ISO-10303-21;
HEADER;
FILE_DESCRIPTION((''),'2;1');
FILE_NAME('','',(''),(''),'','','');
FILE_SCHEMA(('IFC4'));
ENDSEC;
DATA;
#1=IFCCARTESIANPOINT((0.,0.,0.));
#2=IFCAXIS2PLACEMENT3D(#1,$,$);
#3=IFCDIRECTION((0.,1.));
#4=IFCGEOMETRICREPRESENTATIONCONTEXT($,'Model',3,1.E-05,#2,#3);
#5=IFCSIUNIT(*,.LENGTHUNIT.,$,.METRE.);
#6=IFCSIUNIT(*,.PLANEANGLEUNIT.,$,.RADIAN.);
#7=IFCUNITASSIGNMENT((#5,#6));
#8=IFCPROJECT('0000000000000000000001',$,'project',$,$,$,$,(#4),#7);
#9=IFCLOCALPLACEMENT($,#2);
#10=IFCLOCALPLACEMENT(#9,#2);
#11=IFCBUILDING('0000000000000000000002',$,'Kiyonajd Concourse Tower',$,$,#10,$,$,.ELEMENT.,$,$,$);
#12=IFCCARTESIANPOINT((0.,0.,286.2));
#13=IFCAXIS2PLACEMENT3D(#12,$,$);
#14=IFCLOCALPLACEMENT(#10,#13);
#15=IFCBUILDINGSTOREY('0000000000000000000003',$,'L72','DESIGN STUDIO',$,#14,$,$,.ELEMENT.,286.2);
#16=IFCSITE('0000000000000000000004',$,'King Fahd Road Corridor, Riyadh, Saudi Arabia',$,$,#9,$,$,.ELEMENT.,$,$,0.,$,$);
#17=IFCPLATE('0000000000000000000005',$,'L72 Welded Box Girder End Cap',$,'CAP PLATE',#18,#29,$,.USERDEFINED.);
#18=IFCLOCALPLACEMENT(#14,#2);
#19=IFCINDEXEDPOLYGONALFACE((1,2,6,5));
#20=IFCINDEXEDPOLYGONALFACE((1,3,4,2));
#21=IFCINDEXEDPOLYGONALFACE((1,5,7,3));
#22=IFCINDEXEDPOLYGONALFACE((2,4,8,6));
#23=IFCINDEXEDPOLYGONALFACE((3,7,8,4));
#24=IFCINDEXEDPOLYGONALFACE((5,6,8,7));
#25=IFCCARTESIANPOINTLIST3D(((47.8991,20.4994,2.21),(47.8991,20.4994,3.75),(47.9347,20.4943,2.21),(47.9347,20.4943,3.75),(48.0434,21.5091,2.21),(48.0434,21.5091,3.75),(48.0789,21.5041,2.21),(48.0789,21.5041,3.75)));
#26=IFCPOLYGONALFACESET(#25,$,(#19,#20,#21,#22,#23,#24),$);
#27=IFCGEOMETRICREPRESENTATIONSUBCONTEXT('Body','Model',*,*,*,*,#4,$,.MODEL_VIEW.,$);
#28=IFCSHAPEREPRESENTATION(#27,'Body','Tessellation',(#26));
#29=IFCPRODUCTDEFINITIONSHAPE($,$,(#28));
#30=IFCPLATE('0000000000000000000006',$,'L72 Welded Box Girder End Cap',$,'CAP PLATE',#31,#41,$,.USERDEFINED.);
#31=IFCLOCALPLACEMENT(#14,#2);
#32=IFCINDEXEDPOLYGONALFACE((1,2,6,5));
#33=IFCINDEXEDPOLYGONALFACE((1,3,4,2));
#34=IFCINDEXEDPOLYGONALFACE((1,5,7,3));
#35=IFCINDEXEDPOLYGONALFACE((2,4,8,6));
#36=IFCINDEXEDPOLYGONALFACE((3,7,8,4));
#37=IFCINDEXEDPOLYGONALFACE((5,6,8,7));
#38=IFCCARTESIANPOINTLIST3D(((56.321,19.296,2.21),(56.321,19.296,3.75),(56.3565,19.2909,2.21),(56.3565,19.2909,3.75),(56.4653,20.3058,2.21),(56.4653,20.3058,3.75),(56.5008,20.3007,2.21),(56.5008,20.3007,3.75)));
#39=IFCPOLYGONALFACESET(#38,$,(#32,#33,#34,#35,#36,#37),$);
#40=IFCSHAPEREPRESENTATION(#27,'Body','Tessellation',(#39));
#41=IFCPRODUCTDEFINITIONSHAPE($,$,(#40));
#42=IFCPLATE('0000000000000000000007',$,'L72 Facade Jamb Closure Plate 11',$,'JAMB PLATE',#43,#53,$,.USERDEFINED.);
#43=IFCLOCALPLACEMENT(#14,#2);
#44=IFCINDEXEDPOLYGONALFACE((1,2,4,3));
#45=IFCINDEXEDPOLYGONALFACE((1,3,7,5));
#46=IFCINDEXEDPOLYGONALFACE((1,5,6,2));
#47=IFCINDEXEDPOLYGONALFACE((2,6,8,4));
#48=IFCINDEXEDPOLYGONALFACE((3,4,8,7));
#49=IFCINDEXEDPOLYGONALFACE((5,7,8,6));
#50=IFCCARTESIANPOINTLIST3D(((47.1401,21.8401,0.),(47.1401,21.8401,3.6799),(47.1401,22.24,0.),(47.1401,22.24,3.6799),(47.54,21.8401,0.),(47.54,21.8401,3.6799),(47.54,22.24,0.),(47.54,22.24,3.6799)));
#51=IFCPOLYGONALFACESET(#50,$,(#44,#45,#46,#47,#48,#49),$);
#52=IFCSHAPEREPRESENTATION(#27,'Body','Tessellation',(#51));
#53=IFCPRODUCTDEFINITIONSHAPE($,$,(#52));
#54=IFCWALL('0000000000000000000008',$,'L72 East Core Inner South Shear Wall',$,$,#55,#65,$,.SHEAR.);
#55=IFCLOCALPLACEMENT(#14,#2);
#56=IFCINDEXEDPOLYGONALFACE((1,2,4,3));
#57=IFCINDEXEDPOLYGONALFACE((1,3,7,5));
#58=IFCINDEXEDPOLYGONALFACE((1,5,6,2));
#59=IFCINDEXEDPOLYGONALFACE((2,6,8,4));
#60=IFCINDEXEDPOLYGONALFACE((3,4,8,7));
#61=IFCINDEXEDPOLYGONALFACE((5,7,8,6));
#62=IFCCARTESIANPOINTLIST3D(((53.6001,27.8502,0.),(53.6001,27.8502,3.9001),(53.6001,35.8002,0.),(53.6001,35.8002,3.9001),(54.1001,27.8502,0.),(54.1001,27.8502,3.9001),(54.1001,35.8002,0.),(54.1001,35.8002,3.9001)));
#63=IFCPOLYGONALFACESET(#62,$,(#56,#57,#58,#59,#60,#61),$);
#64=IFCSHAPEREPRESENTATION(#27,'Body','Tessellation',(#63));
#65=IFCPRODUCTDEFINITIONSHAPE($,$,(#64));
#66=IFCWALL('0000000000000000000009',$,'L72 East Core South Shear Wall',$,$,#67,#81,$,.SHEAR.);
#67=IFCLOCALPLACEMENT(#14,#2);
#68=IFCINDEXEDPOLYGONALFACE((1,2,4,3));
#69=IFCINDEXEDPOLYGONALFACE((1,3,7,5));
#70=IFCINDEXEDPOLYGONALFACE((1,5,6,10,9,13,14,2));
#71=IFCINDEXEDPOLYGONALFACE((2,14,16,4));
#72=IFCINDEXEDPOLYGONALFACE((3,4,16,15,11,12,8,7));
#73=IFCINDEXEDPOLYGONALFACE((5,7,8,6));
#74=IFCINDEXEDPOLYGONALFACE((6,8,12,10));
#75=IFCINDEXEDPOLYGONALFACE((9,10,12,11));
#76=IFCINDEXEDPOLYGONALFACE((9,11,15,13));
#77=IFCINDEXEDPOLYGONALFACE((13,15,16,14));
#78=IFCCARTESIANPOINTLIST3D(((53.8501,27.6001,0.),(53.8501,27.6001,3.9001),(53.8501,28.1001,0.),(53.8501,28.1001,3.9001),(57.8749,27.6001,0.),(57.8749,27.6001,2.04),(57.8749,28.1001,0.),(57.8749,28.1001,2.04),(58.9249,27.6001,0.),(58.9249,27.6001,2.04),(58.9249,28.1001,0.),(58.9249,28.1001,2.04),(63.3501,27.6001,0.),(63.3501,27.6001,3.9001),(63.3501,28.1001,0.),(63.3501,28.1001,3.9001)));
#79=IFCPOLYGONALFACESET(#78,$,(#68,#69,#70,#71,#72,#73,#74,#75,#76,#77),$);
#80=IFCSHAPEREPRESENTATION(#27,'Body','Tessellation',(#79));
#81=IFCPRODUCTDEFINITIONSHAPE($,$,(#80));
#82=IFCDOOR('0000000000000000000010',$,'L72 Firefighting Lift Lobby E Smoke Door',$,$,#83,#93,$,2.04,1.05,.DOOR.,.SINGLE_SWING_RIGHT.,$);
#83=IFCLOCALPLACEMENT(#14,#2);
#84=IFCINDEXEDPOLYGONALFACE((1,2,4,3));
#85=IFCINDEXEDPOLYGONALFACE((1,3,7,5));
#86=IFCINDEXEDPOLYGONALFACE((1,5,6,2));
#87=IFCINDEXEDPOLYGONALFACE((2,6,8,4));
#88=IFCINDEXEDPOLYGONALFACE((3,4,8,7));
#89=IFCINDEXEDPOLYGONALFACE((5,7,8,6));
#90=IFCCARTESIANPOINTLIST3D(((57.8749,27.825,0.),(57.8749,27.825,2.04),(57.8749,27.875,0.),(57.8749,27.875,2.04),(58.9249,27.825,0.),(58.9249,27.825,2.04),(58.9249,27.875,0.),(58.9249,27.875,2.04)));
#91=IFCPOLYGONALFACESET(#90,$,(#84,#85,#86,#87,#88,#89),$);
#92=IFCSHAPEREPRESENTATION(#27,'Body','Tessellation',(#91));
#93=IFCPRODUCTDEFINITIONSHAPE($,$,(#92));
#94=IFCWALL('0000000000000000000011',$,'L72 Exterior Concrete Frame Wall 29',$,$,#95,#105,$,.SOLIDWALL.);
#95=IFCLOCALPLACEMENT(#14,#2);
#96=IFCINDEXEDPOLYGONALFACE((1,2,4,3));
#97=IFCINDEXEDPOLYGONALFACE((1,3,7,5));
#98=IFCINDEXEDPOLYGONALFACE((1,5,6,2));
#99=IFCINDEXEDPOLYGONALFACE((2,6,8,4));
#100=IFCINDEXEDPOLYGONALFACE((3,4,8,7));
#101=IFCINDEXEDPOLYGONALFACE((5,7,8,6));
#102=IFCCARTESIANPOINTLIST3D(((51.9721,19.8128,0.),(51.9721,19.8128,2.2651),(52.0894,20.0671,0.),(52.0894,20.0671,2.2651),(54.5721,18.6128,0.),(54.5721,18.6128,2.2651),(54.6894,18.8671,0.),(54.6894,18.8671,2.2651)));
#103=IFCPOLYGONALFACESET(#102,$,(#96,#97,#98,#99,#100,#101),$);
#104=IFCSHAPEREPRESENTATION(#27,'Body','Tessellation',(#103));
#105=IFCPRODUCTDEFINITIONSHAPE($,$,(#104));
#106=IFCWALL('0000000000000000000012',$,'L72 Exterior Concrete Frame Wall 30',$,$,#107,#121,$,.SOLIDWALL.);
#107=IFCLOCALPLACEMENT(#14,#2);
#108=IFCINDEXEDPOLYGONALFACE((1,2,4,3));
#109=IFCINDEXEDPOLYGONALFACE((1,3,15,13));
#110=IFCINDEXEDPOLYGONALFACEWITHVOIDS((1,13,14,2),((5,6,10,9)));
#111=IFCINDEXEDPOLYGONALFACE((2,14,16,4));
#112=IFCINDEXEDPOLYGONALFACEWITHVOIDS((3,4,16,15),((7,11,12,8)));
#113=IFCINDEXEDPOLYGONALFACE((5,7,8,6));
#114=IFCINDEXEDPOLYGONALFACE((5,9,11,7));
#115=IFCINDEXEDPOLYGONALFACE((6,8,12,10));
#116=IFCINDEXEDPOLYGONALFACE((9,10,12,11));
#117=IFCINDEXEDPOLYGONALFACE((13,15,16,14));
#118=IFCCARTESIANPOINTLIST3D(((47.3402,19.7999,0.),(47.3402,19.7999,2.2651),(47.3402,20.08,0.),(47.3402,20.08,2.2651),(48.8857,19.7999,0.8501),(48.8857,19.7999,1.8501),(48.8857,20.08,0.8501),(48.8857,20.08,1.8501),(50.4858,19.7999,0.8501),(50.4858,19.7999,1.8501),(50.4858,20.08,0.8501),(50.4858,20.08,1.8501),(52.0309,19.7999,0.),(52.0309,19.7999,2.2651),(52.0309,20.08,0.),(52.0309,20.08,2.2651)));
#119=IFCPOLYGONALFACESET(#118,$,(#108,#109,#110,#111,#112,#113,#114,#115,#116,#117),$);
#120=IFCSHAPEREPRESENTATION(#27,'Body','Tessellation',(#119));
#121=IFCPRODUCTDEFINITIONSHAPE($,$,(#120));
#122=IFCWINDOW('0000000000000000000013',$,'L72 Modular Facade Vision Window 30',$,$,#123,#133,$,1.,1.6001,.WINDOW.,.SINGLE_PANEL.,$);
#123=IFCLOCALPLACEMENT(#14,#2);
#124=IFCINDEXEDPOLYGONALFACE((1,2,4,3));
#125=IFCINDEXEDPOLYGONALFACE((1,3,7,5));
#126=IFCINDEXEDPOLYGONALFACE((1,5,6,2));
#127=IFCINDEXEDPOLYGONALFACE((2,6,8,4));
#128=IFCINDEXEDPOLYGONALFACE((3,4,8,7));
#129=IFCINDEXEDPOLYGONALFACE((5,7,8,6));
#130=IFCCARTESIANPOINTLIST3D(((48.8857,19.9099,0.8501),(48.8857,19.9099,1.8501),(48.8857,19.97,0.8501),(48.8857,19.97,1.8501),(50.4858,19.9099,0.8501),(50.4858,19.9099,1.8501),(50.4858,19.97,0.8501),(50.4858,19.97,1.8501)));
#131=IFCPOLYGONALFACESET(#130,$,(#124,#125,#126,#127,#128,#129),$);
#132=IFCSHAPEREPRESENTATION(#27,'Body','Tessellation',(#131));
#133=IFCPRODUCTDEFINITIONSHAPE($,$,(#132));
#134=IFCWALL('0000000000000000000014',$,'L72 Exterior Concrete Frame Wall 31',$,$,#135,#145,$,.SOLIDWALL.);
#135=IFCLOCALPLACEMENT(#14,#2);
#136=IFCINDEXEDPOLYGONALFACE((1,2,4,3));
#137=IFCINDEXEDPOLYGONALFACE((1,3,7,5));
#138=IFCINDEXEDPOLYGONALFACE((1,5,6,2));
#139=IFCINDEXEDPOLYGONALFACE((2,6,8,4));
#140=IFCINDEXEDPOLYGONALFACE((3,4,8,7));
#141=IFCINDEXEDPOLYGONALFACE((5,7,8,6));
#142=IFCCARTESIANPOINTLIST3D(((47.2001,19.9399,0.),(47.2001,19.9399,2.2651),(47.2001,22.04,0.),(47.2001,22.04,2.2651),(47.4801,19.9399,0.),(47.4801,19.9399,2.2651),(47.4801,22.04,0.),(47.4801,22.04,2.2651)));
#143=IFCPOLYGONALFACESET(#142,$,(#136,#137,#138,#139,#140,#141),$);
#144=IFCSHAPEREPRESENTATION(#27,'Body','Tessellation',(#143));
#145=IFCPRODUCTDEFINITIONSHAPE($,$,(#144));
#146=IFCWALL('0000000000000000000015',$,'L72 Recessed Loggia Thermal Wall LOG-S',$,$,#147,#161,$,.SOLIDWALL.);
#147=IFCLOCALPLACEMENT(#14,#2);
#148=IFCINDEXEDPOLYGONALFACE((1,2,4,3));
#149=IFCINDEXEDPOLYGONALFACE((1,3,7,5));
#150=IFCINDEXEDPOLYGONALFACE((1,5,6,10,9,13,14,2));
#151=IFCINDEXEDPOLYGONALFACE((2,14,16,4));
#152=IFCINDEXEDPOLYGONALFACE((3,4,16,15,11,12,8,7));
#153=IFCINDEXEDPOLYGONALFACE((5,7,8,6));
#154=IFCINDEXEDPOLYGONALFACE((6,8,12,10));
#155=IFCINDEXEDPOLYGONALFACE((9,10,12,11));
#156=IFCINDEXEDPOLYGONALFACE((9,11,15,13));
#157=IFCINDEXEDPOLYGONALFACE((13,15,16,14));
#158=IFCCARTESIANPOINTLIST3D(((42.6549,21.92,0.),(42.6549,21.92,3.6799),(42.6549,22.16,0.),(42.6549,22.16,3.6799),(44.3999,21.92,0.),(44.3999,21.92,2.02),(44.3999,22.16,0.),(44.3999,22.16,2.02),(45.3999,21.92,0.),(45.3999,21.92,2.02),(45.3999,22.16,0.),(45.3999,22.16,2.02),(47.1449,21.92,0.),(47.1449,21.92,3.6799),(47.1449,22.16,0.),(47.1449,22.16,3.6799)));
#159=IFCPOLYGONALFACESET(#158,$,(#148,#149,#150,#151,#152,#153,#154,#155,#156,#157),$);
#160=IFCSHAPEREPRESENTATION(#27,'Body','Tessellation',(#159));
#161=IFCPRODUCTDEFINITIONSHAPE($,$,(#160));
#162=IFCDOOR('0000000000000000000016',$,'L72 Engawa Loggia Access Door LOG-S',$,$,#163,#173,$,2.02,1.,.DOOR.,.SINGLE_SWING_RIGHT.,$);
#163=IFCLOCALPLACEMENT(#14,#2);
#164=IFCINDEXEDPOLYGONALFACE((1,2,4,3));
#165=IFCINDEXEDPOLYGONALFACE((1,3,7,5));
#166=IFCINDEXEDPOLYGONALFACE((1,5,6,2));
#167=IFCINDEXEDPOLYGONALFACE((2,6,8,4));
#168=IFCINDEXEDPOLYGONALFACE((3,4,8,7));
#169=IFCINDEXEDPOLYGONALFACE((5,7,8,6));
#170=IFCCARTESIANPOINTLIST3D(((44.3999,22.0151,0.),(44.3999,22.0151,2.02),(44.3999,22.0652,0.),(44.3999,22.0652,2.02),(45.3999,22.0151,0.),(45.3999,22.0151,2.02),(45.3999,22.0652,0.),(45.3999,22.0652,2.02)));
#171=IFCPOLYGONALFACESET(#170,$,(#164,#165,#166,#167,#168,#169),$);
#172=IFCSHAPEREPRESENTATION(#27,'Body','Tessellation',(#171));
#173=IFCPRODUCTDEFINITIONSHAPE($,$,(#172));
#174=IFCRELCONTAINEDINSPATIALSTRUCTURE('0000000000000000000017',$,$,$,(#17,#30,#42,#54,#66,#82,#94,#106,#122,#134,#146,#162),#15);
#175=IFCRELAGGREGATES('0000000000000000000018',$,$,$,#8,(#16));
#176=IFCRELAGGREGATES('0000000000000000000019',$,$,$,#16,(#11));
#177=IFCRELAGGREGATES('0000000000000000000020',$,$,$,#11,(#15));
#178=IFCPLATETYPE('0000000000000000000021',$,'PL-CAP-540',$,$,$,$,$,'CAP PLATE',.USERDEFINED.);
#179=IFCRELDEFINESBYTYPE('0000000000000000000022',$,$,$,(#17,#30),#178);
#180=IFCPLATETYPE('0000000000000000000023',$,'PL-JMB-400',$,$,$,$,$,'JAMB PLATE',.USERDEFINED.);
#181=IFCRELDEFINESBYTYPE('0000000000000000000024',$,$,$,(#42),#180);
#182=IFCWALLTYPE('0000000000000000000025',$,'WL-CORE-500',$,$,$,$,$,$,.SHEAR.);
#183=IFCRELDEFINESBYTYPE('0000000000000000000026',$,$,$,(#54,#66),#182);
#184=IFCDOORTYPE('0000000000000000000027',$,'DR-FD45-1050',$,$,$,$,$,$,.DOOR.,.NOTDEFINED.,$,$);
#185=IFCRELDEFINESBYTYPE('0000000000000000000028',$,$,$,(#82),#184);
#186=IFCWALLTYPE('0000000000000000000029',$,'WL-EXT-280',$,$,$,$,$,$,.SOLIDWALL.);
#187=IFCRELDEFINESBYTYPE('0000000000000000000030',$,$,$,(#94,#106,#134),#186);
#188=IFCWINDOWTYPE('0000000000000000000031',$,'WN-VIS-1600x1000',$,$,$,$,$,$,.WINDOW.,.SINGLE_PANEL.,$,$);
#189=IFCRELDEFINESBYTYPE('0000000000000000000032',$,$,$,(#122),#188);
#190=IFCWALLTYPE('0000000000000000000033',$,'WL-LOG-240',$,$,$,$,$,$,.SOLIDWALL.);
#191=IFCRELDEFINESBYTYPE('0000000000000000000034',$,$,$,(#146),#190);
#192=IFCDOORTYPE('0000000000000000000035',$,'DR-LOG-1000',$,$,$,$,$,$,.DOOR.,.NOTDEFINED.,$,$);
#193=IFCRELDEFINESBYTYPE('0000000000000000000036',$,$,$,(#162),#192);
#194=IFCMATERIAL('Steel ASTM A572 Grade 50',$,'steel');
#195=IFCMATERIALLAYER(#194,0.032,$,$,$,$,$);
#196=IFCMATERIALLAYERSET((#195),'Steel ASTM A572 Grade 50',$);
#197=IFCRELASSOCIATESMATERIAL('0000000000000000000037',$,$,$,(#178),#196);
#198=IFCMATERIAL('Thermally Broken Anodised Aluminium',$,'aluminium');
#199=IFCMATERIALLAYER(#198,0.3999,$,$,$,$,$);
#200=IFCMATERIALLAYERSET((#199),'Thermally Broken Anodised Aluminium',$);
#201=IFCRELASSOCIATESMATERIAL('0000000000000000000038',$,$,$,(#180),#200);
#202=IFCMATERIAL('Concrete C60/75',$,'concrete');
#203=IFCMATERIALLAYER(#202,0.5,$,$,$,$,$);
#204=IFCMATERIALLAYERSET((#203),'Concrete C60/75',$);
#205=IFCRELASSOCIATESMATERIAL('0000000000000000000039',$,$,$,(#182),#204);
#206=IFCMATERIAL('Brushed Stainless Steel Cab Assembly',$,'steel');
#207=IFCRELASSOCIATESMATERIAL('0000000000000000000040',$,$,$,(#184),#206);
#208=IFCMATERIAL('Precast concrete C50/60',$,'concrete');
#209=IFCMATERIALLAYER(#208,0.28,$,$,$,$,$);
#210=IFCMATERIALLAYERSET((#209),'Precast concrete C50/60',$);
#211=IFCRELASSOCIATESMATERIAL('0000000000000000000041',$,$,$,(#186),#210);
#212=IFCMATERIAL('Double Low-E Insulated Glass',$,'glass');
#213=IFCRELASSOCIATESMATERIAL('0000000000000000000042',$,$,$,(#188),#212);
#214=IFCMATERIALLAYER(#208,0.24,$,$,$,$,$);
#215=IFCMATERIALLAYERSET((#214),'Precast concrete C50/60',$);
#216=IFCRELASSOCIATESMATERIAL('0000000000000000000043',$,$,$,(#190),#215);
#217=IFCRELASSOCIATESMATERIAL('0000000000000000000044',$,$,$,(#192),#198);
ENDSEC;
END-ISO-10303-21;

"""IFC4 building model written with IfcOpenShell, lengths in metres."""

from ifc_helpers import new_model, si_unit, direction, frame, frame_2d, origin, origin_2d, place, context, subcontext, project, spatial, rectangle, extrude, material, layer, layer_set, type_object, element, fill, save


model = new_model("IFC4")

# Units and contexts
model_context = context("Model", 3, precision=1e-05, world=origin(), true_north=direction((0.0, 1.0)))
body_context = subcontext(model_context, "Body", "Model", "MODEL_VIEW")
ifc_project = project(units=[si_unit("LENGTHUNIT", "METRE"), si_unit("PLANEANGLEUNIT", "RADIAN")], contexts=[model_context])

# Site, building, storey
site_placement = place(None, origin())
site = spatial("IfcSite", under=ifc_project, at=site_placement, Name="King Fahd Road Corridor, Riyadh, Saudi Arabia", CompositionType="ELEMENT", RefElevation=0.0)
building_placement = place(site_placement, origin())
building = spatial("IfcBuilding", under=site, at=building_placement, Name="Kiyonajd Concourse Tower", CompositionType="ELEMENT")
storey_placement = place(building_placement, frame((0.0, 0.0, 286.2)))
storey = spatial("IfcBuildingStorey", under=building, at=storey_placement, Name="L72", Description="DESIGN STUDIO", CompositionType="ELEMENT", Elevation=286.2)

# Shared definitions
ifc_material_1 = material(Name="Concrete C60/75", Category="concrete")

# Shared definitions
ifc_material_2 = material(Name="Steel ASTM A572 Grade 50", Category="steel")

# Plates
ifc_layer_1 = layer(ifc_material_2, 0.032)
ifc_layer_set_1 = layer_set([ifc_layer_1], Name="Steel ASTM A572 Grade 50")
plate_type_1 = type_object("IfcPlateType", Name="PL-CAP-540", ElementType="CAP PLATE", PredefinedType="USERDEFINED", material=ifc_layer_set_1)
for number, where, z_axis, x_axis, name in (
    (1, (47.989, 21.0017, 2.21), (0.0, 0.0, 1.0), (-0.98995, 0.14142, 0.0), "L72 Welded Box Girder End Cap"),
    (2, (56.4109, 19.7983, 2.21), (0.0, 0.0, 1.0), (0.98995, -0.14142, 0.0), "L72 Welded Box Girder End Cap"),
):
    element("IfcPlate", number, at=place(storey_placement, frame(where, z_axis=z_axis, x_axis=x_axis)), inside=storey, type_object=plate_type_1, Name=name, ObjectType="CAP PLATE", PredefinedType="USERDEFINED", context=body_context, shape_type="SweptSolid", body=[
        extrude(rectangle(XDim=0.0359, YDim=1.02, at=origin_2d()), origin(), (0.0, 0.0, 1.0), 1.54),
    ])
ifc_material_3 = material(Name="Thermally Broken Anodised Aluminium", Category="aluminium")
ifc_layer_2 = layer(ifc_material_3, 0.3999)
ifc_layer_set_2 = layer_set([ifc_layer_2], Name="Thermally Broken Anodised Aluminium")
plate_type_2 = type_object("IfcPlateType", Name="PL-JMB-400", ElementType="JAMB PLATE", PredefinedType="USERDEFINED", material=ifc_layer_set_2)
plate_placement = place(storey_placement, frame((47.3401, 22.04, 0.0), z_axis=(0.0, 0.0, 1.0), x_axis=(1.0, 0.0, 0.0)))
element("IfcPlate", 3, at=plate_placement, inside=storey, type_object=plate_type_2, Name="L72 Facade Jamb Closure Plate 11", ObjectType="JAMB PLATE", PredefinedType="USERDEFINED", context=body_context, shape_type="SweptSolid", body=[
    extrude(rectangle(XDim=0.3999, YDim=0.3999, at=origin_2d()), origin(), (0.0, 0.0, 1.0), 3.6799),
])

# Wall
ifc_layer_3 = layer(ifc_material_1, 0.5)
ifc_layer_set_3 = layer_set([ifc_layer_3], Name="Concrete C60/75")
wall_type_1 = type_object("IfcWallType", Name="WL-CORE-500", PredefinedType="SHEAR", material=ifc_layer_set_3)
wall_1_placement = place(storey_placement, frame((53.8501, 27.8501, 0.0), z_axis=(0.0, 0.0, 1.0), x_axis=(0.0, 1.0, 0.0)))
element("IfcWall", 4, at=wall_1_placement, inside=storey, type_object=wall_type_1, Name="L72 East Core Inner South Shear Wall", PredefinedType="SHEAR", context=body_context, shape_type="SweptSolid", body=[
    extrude(rectangle(XDim=7.95, YDim=0.5, at=frame_2d((3.9751, 0.0))), origin(), (0.0, 0.0, 1.0), 3.9001),
])

# Wall, opening, door
wall_2_placement = place(storey_placement, frame((53.8501, 27.8501, 0.0), z_axis=(0.0, 0.0, 1.0), x_axis=(1.0, 0.0, 0.0)))
wall_2 = element("IfcWall", 5, at=wall_2_placement, inside=storey, type_object=wall_type_1, Name="L72 East Core South Shear Wall", PredefinedType="SHEAR", context=body_context, shape_type="SweptSolid", body=[
    extrude(rectangle(XDim=9.5, YDim=0.5, at=frame_2d((4.75, 0.0))), origin(), (0.0, 0.0, 1.0), 3.9001),
])
opening_1_placement = place(wall_2_placement, frame((4.0249, 0.0, 0.0)))
opening_1 = element("IfcOpeningElement", 6, at=opening_1_placement, cuts=wall_2, PredefinedType="OPENING", context=body_context, shape_type="SweptSolid", body=[
    extrude(rectangle(XDim=1.05, YDim=2.04, at=frame_2d((0.5249, 1.02))), frame((0.0, 0.26, 0.0), z_axis=(0.0, -1.0, 0.0), x_axis=(1.0, 0.0, 0.0)), (0.0, 0.0, 1.0), 0.52),
])
ifc_material_4 = material(Name="Brushed Stainless Steel Cab Assembly", Category="steel")
door_type_1 = type_object("IfcDoorType", Name="DR-FD45-1050", OperationType="NOTDEFINED", PredefinedType="DOOR", material=ifc_material_4)
door_1_placement = place(opening_1_placement, origin())
door_1 = element("IfcDoor", 7, at=door_1_placement, inside=storey, type_object=door_type_1, Name="L72 Firefighting Lift Lobby E Smoke Door", OperationType="SINGLE_SWING_RIGHT", OverallHeight=2.04, OverallWidth=1.05, PredefinedType="DOOR", context=body_context, shape_type="SweptSolid", body=[
    extrude(rectangle(XDim=1.05, YDim=2.04, at=frame_2d((0.5249, 1.02))), frame((0.0, 0.0249, 0.0), z_axis=(0.0, -1.0, 0.0), x_axis=(1.0, 0.0, 0.0)), (0.0, 0.0, 1.0), 0.05),
])
fill(opening_1, door_1)

# Wall
ifc_material_5 = material(Name="Precast concrete C50/60", Category="concrete")
ifc_layer_4 = layer(ifc_material_5, 0.28)
ifc_layer_set_4 = layer_set([ifc_layer_4], Name="Precast concrete C50/60")
wall_type_2 = type_object("IfcWallType", Name="WL-EXT-280", PredefinedType="SOLIDWALL", material=ifc_layer_set_4)
wall_3_placement = place(storey_placement, frame((54.6306, 18.74, 0.0), z_axis=(0.0, 0.0, 1.0), x_axis=(-0.907957, 0.419064, 0.0)))
element("IfcWall", 8, at=wall_3_placement, inside=storey, type_object=wall_type_2, Name="L72 Exterior Concrete Frame Wall 29", PredefinedType="SOLIDWALL", context=body_context, shape_type="SweptSolid", body=[
    extrude(rectangle(XDim=2.8635, YDim=0.28, at=frame_2d((1.4316, 0.0))), origin(), (0.0, 0.0, 1.0), 2.2651),
])

# Wall, opening, window
wall_4_placement = place(storey_placement, frame((52.0308, 19.9399, 0.0), z_axis=(0.0, 0.0, 1.0), x_axis=(-1.0, 0.0, 0.0)))
wall_4 = element("IfcWall", 9, at=wall_4_placement, inside=storey, type_object=wall_type_2, Name="L72 Exterior Concrete Frame Wall 30", PredefinedType="SOLIDWALL", context=body_context, shape_type="SweptSolid", body=[
    extrude(rectangle(XDim=4.6907, YDim=0.28, at=frame_2d((2.3452, 0.0))), origin(), (0.0, 0.0, 1.0), 2.2651),
])
opening_2_placement = place(wall_4_placement, frame((1.5449, 0.0, 0.8501)))
opening_2 = element("IfcOpeningElement", 10, at=opening_2_placement, cuts=wall_4, PredefinedType="OPENING", context=body_context, shape_type="SweptSolid", body=[
    extrude(rectangle(XDim=1.6001, YDim=1.0, at=frame_2d((0.8, 0.5))), frame((0.0, 0.1499, 0.0), z_axis=(0.0, -1.0, 0.0), x_axis=(1.0, 0.0, 0.0)), (0.0, 0.0, 1.0), 0.3),
])
ifc_material_6 = material(Name="Double Low-E Insulated Glass", Category="glass")
window_type = type_object("IfcWindowType", Name="WN-VIS-1600x1000", PartitioningType="SINGLE_PANEL", PredefinedType="WINDOW", material=ifc_material_6)
window_placement = place(opening_2_placement, origin())
window = element("IfcWindow", 11, at=window_placement, inside=storey, type_object=window_type, Name="L72 Modular Facade Vision Window 30", OverallHeight=1.0, OverallWidth=1.6001, PartitioningType="SINGLE_PANEL", PredefinedType="WINDOW", context=body_context, shape_type="SweptSolid", body=[
    extrude(rectangle(XDim=1.6001, YDim=1.0, at=frame_2d((0.8, 0.5))), frame((0.0, 0.03, 0.0), z_axis=(0.0, -1.0, 0.0), x_axis=(1.0, 0.0, 0.0)), (0.0, 0.0, 1.0), 0.0601),
])
fill(opening_2, window)

# Wall
wall_5_placement = place(storey_placement, frame((47.3401, 19.9399, 0.0), z_axis=(0.0, 0.0, 1.0), x_axis=(0.0, 1.0, 0.0)))
element("IfcWall", 12, at=wall_5_placement, inside=storey, type_object=wall_type_2, Name="L72 Exterior Concrete Frame Wall 31", PredefinedType="SOLIDWALL", context=body_context, shape_type="SweptSolid", body=[
    extrude(rectangle(XDim=2.1001, YDim=0.28, at=frame_2d((1.05, 0.0))), origin(), (0.0, 0.0, 1.0), 2.2651),
])

# Wall, opening, door
ifc_layer_5 = layer(ifc_material_5, 0.24)
ifc_layer_set_5 = layer_set([ifc_layer_5], Name="Precast concrete C50/60")
wall_type_3 = type_object("IfcWallType", Name="WL-LOG-240", PredefinedType="SOLIDWALL", material=ifc_layer_set_5)
wall_6_placement = place(storey_placement, frame((47.145, 22.04, 0.0), z_axis=(0.0, 0.0, 1.0), x_axis=(-1.0, 0.0, 0.0)))
wall_6 = element("IfcWall", 13, at=wall_6_placement, inside=storey, type_object=wall_type_3, Name="L72 Recessed Loggia Thermal Wall LOG-S", PredefinedType="SOLIDWALL", context=body_context, shape_type="SweptSolid", body=[
    extrude(rectangle(XDim=4.49, YDim=0.24, at=frame_2d((2.2451, 0.0))), origin(), (0.0, 0.0, 1.0), 3.6799),
])
opening_3_placement = place(wall_6_placement, frame((1.7451, 0.0, 0.0)))
opening_3 = element("IfcOpeningElement", 14, at=opening_3_placement, cuts=wall_6, PredefinedType="OPENING", context=body_context, shape_type="SweptSolid", body=[
    extrude(rectangle(XDim=1.0, YDim=2.02, at=frame_2d((0.5, 1.01))), frame((0.0, 0.1299, 0.0), z_axis=(0.0, -1.0, 0.0), x_axis=(1.0, 0.0, 0.0)), (0.0, 0.0, 1.0), 0.26),
])
door_type_2 = type_object("IfcDoorType", Name="DR-LOG-1000", OperationType="NOTDEFINED", PredefinedType="DOOR", material=ifc_material_3)
door_2_placement = place(opening_3_placement, origin())
door_2 = element("IfcDoor", 15, at=door_2_placement, inside=storey, type_object=door_type_2, Name="L72 Engawa Loggia Access Door LOG-S", OperationType="SINGLE_SWING_RIGHT", OverallHeight=2.02, OverallWidth=1.0, PredefinedType="DOOR", context=body_context, shape_type="SweptSolid", body=[
    extrude(rectangle(XDim=1.0, YDim=2.02, at=frame_2d((0.5, 1.01))), frame((0.0, 0.0249, 0.0), z_axis=(0.0, -1.0, 0.0), x_axis=(1.0, 0.0, 0.0)), (0.0, 0.0, 1.0), 0.05),
])
fill(opening_3, door_2)

save(model, "model.ifc")
